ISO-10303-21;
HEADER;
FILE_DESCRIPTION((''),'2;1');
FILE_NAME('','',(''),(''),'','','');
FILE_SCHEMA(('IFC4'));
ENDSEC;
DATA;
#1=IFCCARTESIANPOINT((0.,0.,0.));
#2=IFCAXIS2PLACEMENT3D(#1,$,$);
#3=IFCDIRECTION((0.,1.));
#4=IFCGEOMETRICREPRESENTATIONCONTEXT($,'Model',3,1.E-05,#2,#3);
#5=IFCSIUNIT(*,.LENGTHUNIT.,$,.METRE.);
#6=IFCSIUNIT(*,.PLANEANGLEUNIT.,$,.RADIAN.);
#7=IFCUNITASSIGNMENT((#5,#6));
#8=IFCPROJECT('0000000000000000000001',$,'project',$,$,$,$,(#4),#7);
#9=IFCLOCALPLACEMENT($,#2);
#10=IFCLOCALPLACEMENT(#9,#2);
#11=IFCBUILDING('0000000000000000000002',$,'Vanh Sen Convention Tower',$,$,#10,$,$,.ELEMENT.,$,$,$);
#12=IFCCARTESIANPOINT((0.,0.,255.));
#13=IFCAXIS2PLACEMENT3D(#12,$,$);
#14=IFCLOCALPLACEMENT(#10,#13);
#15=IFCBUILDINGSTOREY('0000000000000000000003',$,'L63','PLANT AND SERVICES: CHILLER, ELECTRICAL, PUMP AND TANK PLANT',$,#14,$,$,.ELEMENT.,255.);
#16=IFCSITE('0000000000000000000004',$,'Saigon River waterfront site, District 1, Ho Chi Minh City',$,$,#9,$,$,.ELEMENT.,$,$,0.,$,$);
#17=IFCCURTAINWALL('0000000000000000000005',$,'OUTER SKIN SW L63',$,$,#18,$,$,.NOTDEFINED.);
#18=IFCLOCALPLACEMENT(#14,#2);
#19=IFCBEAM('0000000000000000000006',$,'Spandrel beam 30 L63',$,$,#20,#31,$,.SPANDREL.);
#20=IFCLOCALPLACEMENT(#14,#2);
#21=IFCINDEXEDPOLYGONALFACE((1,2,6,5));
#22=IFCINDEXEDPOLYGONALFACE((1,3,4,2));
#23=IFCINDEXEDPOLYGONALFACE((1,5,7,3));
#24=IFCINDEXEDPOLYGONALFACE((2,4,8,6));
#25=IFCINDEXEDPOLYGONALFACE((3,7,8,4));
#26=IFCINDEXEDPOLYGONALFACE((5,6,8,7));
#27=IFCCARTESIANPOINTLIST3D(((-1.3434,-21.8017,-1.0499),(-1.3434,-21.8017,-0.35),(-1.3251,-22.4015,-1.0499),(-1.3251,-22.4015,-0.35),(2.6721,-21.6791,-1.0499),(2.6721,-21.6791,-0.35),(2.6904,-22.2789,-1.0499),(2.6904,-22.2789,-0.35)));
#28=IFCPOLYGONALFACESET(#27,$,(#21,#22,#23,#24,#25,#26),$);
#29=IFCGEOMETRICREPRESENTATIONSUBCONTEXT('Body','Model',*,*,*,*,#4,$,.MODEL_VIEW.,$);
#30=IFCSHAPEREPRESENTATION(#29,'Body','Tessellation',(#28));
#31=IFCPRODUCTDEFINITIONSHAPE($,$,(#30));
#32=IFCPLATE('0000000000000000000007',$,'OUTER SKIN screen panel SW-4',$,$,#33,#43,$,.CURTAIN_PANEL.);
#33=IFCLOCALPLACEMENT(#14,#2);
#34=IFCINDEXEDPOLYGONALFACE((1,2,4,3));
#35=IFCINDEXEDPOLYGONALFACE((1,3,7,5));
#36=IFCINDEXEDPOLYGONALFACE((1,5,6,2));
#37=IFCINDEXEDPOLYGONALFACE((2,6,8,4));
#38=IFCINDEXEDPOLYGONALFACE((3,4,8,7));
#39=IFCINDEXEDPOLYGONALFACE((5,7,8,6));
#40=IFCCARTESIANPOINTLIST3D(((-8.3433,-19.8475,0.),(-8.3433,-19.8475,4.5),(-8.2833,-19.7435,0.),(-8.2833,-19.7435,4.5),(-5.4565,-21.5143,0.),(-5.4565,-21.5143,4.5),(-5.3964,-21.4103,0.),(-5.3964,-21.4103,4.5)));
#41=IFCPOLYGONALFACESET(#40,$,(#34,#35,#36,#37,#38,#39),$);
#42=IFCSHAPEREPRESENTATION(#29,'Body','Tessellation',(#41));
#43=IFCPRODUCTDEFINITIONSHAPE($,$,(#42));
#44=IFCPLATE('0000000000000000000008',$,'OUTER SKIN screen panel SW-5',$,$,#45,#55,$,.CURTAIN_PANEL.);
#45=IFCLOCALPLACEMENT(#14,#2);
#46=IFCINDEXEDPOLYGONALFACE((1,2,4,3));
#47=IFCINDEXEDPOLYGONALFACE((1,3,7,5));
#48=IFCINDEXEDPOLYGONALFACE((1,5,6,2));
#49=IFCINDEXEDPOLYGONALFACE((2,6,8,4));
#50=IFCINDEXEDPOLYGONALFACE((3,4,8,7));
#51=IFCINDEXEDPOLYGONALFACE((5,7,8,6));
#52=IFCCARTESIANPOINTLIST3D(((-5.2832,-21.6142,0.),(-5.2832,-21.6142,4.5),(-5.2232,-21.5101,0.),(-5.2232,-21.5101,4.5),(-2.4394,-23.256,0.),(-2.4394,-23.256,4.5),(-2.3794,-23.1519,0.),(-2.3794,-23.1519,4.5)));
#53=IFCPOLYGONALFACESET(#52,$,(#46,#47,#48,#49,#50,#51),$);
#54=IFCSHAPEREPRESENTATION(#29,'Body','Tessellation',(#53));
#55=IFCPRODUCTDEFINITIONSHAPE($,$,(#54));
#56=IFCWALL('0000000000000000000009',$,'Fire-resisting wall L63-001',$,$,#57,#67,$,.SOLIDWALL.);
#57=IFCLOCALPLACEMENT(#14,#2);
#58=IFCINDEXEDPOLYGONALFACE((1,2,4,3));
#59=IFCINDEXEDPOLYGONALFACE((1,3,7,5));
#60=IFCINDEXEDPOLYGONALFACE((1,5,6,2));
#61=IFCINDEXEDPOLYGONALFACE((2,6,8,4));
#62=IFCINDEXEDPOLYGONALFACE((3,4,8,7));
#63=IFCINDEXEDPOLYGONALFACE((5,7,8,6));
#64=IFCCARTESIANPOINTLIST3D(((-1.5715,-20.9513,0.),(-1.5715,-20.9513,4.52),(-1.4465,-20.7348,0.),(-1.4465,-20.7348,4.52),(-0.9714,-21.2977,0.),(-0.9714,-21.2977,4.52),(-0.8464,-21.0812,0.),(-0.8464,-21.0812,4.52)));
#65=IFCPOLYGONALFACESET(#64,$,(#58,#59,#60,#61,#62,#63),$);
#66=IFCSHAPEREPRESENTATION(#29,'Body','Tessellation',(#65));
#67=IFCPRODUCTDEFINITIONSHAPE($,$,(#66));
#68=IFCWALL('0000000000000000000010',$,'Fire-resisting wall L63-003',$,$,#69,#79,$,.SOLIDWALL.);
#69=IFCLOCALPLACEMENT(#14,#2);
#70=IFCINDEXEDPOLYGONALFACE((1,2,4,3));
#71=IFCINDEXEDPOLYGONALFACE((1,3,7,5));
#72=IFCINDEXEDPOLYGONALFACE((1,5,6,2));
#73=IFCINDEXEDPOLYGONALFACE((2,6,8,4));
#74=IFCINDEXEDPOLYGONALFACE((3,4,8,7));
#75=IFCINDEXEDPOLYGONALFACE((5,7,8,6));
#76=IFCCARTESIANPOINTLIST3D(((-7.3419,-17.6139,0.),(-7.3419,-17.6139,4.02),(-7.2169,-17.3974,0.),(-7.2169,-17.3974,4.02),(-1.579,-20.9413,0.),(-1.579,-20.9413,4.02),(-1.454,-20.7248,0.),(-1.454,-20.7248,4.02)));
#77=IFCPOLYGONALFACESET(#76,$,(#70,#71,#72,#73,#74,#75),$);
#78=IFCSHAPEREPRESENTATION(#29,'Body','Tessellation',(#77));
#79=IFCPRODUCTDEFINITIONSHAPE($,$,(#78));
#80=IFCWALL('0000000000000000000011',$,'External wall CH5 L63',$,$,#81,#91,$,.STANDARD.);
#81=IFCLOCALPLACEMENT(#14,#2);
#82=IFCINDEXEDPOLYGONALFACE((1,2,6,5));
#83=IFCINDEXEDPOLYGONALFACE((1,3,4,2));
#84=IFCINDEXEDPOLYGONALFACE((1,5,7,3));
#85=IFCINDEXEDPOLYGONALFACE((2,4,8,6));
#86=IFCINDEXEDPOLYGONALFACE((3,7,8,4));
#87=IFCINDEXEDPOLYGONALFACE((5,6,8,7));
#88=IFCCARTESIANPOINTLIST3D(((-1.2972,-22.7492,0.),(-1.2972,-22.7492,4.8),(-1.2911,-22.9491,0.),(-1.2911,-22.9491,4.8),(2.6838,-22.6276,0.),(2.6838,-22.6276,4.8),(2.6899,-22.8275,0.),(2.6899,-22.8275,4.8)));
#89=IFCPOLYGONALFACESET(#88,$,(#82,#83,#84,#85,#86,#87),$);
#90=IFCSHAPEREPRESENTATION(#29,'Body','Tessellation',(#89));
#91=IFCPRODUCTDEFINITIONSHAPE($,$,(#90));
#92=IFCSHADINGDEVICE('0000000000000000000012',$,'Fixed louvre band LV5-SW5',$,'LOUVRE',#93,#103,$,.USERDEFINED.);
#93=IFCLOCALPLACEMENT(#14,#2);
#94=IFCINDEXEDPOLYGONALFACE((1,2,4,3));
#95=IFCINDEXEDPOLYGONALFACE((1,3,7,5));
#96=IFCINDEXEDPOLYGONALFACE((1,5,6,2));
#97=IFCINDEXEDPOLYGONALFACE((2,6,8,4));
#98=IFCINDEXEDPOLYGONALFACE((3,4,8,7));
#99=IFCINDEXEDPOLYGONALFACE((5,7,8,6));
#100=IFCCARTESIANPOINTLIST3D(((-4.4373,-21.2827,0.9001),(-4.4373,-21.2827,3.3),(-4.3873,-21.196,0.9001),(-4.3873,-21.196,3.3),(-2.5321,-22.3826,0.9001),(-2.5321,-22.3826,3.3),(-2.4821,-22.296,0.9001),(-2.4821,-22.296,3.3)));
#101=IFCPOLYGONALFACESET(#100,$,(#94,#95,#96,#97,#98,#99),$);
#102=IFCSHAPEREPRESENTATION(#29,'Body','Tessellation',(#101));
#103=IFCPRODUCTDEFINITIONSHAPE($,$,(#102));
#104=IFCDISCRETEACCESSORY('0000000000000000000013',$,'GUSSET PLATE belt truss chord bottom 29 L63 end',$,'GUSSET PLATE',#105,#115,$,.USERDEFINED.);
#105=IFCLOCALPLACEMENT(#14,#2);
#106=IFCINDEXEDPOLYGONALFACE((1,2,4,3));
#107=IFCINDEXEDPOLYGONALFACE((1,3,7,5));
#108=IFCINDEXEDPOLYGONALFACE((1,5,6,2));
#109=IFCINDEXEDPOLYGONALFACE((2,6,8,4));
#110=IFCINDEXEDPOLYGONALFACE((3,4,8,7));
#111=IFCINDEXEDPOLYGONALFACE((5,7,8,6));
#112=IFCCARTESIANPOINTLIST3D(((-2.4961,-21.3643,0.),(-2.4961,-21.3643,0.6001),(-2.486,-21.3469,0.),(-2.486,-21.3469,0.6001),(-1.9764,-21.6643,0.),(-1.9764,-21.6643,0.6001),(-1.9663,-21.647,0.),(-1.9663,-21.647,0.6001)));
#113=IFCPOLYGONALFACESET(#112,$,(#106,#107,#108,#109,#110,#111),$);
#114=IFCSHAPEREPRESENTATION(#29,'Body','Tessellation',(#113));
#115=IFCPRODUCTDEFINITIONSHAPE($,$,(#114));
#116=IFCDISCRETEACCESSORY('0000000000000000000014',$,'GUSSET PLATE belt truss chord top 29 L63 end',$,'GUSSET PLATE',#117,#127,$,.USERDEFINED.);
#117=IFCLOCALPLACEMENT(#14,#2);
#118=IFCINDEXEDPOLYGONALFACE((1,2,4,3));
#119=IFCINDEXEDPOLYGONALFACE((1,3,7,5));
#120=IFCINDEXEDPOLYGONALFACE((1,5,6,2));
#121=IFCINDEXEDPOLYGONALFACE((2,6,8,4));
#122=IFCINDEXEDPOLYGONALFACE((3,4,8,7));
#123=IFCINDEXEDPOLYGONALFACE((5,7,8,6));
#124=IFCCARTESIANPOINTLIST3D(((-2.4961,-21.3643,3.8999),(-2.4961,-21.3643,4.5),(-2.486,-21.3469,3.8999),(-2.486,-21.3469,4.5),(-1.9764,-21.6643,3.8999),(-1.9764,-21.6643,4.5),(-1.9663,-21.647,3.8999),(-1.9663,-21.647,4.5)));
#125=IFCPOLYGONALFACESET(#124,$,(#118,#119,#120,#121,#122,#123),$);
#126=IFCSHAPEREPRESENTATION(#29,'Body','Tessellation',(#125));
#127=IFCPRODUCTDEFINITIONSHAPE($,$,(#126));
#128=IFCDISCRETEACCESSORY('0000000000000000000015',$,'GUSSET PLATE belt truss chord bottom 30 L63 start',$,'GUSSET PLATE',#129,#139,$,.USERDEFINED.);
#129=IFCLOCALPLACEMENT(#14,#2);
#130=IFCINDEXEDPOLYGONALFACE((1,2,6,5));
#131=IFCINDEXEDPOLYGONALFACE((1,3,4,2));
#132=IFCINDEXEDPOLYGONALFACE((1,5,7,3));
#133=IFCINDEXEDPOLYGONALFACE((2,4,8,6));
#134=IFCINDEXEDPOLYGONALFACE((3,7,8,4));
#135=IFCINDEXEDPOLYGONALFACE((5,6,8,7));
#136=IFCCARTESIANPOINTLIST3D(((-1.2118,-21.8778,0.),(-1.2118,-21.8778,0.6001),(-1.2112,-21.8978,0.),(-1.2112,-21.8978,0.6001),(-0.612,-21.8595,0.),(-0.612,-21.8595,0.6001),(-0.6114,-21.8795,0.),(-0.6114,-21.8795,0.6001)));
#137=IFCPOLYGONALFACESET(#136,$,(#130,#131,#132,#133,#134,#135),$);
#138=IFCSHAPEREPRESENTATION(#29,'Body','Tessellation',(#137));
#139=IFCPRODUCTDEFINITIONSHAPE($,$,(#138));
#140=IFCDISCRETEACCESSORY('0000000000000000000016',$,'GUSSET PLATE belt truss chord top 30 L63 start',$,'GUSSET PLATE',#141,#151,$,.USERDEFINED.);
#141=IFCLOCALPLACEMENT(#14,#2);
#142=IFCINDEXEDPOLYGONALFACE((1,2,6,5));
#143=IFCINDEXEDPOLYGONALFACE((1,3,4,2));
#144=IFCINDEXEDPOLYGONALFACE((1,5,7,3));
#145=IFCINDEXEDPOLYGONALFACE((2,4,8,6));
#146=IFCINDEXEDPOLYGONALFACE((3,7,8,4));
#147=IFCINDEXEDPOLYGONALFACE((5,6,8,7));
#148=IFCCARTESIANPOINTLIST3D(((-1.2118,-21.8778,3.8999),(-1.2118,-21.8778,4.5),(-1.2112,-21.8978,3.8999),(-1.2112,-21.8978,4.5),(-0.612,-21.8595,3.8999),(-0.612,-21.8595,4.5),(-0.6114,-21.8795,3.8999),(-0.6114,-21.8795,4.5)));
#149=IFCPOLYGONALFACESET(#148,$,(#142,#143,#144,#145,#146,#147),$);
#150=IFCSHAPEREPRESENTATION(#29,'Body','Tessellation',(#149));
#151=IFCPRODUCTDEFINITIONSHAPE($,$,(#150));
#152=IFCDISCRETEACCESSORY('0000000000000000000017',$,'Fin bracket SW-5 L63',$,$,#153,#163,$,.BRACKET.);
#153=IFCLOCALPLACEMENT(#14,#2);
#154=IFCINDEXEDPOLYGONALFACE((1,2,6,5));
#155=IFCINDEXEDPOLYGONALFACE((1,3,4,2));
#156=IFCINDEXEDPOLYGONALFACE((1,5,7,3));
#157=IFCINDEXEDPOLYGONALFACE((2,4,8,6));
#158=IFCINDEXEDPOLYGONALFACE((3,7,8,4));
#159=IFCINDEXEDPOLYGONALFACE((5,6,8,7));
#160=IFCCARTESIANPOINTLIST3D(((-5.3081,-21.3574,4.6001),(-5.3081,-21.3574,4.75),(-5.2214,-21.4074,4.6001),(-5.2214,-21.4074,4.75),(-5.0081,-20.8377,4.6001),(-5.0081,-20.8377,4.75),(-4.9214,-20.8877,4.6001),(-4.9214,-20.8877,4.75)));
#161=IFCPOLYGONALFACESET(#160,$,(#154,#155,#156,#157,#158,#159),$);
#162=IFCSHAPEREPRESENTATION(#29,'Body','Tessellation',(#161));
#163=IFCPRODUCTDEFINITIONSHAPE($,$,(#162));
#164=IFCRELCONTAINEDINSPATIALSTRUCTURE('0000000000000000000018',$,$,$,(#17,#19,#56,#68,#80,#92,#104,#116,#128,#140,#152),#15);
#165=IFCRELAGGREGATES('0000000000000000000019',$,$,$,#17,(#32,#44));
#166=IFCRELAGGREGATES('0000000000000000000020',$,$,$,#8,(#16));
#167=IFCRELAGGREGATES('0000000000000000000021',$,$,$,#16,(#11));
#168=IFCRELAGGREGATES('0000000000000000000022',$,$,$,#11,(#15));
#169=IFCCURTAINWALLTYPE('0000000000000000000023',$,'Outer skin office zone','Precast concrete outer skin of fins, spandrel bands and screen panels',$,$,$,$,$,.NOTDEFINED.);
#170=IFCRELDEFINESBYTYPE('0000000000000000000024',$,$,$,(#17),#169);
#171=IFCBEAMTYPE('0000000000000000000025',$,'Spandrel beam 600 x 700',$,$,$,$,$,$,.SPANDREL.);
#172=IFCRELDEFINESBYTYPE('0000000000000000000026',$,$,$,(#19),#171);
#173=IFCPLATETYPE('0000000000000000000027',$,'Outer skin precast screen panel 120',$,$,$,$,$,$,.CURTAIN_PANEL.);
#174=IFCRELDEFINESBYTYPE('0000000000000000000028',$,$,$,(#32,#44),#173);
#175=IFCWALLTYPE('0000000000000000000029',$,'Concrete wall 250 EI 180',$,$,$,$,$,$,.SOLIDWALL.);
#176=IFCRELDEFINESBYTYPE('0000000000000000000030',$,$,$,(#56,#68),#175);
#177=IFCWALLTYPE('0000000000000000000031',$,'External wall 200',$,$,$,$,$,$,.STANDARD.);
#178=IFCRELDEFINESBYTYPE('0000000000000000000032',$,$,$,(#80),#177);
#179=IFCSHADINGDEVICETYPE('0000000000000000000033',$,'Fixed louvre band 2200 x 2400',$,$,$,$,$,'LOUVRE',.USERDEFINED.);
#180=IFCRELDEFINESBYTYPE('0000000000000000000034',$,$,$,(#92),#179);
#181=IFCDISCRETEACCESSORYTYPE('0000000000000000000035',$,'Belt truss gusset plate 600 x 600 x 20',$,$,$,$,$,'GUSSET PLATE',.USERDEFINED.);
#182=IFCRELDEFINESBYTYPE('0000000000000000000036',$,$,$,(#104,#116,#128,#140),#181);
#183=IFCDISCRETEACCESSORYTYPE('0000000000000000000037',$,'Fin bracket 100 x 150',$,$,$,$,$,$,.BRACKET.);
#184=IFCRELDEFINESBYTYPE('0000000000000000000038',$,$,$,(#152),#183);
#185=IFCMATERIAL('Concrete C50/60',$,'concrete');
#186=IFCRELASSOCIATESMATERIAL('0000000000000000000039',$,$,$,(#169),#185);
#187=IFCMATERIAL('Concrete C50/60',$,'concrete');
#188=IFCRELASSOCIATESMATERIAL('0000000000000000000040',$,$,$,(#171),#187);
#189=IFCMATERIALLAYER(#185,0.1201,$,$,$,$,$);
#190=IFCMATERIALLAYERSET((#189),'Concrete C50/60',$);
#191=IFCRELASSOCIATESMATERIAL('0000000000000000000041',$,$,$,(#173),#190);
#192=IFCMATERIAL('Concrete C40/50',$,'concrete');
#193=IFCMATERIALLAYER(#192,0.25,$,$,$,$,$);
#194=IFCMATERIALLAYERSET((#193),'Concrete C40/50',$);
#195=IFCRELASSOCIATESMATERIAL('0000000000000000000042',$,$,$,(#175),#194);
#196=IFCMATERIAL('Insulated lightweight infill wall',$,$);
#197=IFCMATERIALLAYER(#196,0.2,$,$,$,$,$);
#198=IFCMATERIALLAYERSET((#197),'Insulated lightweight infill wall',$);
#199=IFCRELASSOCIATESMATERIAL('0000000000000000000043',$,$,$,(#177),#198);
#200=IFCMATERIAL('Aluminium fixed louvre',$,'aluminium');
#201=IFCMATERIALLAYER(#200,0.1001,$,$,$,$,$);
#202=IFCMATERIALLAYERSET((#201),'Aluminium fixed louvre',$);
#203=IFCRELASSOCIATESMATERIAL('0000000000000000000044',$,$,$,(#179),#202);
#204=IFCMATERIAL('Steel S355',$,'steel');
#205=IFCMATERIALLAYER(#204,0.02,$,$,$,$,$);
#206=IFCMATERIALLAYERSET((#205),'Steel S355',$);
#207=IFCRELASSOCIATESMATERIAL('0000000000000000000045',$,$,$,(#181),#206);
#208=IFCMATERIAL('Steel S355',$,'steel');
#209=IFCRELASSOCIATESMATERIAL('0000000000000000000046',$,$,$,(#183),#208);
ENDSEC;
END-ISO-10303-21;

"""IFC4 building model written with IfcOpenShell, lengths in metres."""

from ifc_helpers import new_model, si_unit, direction, frame, frame_2d, origin, origin_2d, place, context, subcontext, project, spatial, rectangle, extrude, material, layer, layer_set, material_profile, profile_set, type_object, element, aggregate, save


model = new_model("IFC4")

# Units and contexts
model_context = context("Model", 3, precision=1e-05, world=origin(), true_north=direction((0.0, 1.0)))
body_context = subcontext(model_context, "Body", "Model", "MODEL_VIEW")
ifc_project = project(units=[si_unit("LENGTHUNIT", "METRE"), si_unit("PLANEANGLEUNIT", "RADIAN")], contexts=[model_context])

# Site, building, storey
site_placement = place(None, origin())
site = spatial("IfcSite", under=ifc_project, at=site_placement, Name="Saigon River waterfront site, District 1, Ho Chi Minh City", CompositionType="ELEMENT", RefElevation=0.0)
building_placement = place(site_placement, origin())
building = spatial("IfcBuilding", under=site, at=building_placement, Name="Vanh Sen Convention Tower", CompositionType="ELEMENT")
storey_placement = place(building_placement, frame((0.0, 0.0, 255.0)))
storey = spatial("IfcBuildingStorey", under=building, at=storey_placement, Name="L63", Description="PLANT AND SERVICES: CHILLER, ELECTRICAL, PUMP AND TANK PLANT", CompositionType="ELEMENT", Elevation=255.0)

# Shared definitions
ifc_material_1 = material(Name="Steel S355", Category="steel")

# Curtain wall
ifc_material_2 = material(Name="Concrete C50/60", Category="concrete")
curtain_wall_type = type_object("IfcCurtainWallType", Name="Outer skin office zone", Description="Precast concrete outer skin of fins, spandrel bands and screen panels", PredefinedType="NOTDEFINED", material=ifc_material_2)
curtain_wall_1_placement = place(storey_placement, origin())
curtain_wall_1 = element("IfcCurtainWall", 1, at=curtain_wall_1_placement, inside=storey, type_object=curtain_wall_type, Name="OUTER SKIN SW L63", PredefinedType="NOTDEFINED")

# Beam
ifc_material_3 = material(Name="Concrete C50/60", Category="concrete")
ifc_material_profile_1 = material_profile(ifc_material_3, rectangle(XDim=0.6001, YDim=0.7, at=origin_2d()), Name="RC 600X700")
ifc_profile_set_1 = profile_set([ifc_material_profile_1], Name="Concrete C50/60")
beam_type = type_object("IfcBeamType", Name="Spandrel beam 600 x 700", PredefinedType="SPANDREL", material=ifc_profile_set_1)
beam_placement = place(storey_placement, frame((-1.3342, -22.1016, -0.7), z_axis=(0.999535, 0.030508, 0.0), x_axis=(-0.030508, 0.999535, 0.0)))
element("IfcBeam", 2, at=beam_placement, inside=storey, type_object=beam_type, Name="Spandrel beam 30 L63", PredefinedType="SPANDREL", context=body_context, shape_type="SweptSolid", body=[
    extrude(rectangle(XDim=0.6001, YDim=0.7, at=origin_2d()), origin(), (0.0, 0.0, 1.0), 4.0173),
])

# Plates
ifc_layer_1 = layer(ifc_material_2, 0.1201)
ifc_layer_set_1 = layer_set([ifc_layer_1], Name="Concrete C50/60")
plate_type = type_object("IfcPlateType", Name="Outer skin precast screen panel 120", PredefinedType="CURTAIN_PANEL", material=ifc_layer_set_1)
plate_1_placement = place(storey_placement, frame((-6.8699, -20.6289, 0.0), z_axis=(0.0, 0.0, 1.0), x_axis=(0.866026, -0.499998, 0.0)))
plate_1 = element("IfcPlate", 3, at=plate_1_placement, type_object=plate_type, Name="OUTER SKIN screen panel SW-4", PredefinedType="CURTAIN_PANEL", context=body_context, shape_type="SweptSolid", body=[
    extrude(rectangle(XDim=3.3335, YDim=0.1201, at=origin_2d()), origin(), (0.0, 0.0, 1.0), 4.5),
])
plate_2_placement = place(storey_placement, frame((-3.8313, -22.3831, 0.0), z_axis=(0.0, 0.0, 1.0), x_axis=(0.866033, -0.499986, 0.0)))
plate_2 = element("IfcPlate", 4, at=plate_2_placement, type_object=plate_type, Name="OUTER SKIN screen panel SW-5", PredefinedType="CURTAIN_PANEL", context=body_context, shape_type="SweptSolid", body=[
    extrude(rectangle(XDim=3.2837, YDim=0.1201, at=origin_2d()), origin(), (0.0, 0.0, 1.0), 4.5),
])
aggregate(curtain_wall_1, [plate_1, plate_2])

# Walls
ifc_material_4 = material(Name="Concrete C40/50", Category="concrete")
ifc_layer_2 = layer(ifc_material_4, 0.25)
ifc_layer_set_2 = layer_set([ifc_layer_2], Name="Concrete C40/50")
wall_type_1 = type_object("IfcWallType", Name="Concrete wall 250 EI 180", PredefinedType="SOLIDWALL", material=ifc_layer_set_2)
wall_1_placement = place(storey_placement, frame((-0.9089, -21.1895, 0.0), z_axis=(0.0, 0.0, 1.0), x_axis=(-0.866045, 0.499966, 0.0)))
element("IfcWall", 5, at=wall_1_placement, inside=storey, type_object=wall_type_1, Name="Fire-resisting wall L63-001", PredefinedType="SOLIDWALL", context=body_context, shape_type="SweptSolid", body=[
    extrude(rectangle(XDim=0.6929, YDim=0.25, at=frame_2d((0.3464, 0.0))), origin(), (0.0, 0.0, 1.0), 4.52),
])
wall_2_placement = place(storey_placement, frame((-1.5166, -20.833, 0.0), z_axis=(0.0, 0.0, 1.0), x_axis=(-0.866015, 0.500018, 0.0)))
element("IfcWall", 6, at=wall_2_placement, inside=storey, type_object=wall_type_1, Name="Fire-resisting wall L63-003", PredefinedType="SOLIDWALL", context=body_context, shape_type="SweptSolid", body=[
    extrude(rectangle(XDim=6.6545, YDim=0.25, at=frame_2d((3.3271, 0.0))), origin(), (0.0, 0.0, 1.0), 4.02),
])
ifc_material_5 = material(Name="Insulated lightweight infill wall")
ifc_layer_3 = layer(ifc_material_5, 0.2)
ifc_layer_set_3 = layer_set([ifc_layer_3], Name="Insulated lightweight infill wall")
wall_type_2 = type_object("IfcWallType", Name="External wall 200", PredefinedType="STANDARD", material=ifc_layer_set_3)
wall_3_placement = place(storey_placement, frame((-1.2942, -22.8491, 0.0), z_axis=(0.0, 0.0, 1.0), x_axis=(0.999534, 0.030527, 0.0)))
element("IfcWall", 7, at=wall_3_placement, inside=storey, type_object=wall_type_2, Name="External wall CH5 L63", PredefinedType="STANDARD", context=body_context, shape_type="SweptSolid", body=[
    extrude(rectangle(XDim=3.9829, YDim=0.2, at=frame_2d((1.9915, 0.0))), origin(), (0.0, 0.0, 1.0), 4.8),
])

# Shading device
ifc_material_6 = material(Name="Aluminium fixed louvre", Category="aluminium")
ifc_layer_4 = layer(ifc_material_6, 0.1001)
ifc_layer_set_4 = layer_set([ifc_layer_4], Name="Aluminium fixed louvre")
shading_device_type = type_object("IfcShadingDeviceType", Name="Fixed louvre band 2200 x 2400", ElementType="LOUVRE", PredefinedType="USERDEFINED", material=ifc_layer_set_4)
shading_device_placement = place(storey_placement, frame((-3.4597, -21.7893, 0.9001), z_axis=(0.0, 0.0, 1.0), x_axis=(0.866025, -0.500002, 0.0)))
element("IfcShadingDevice", 8, at=shading_device_placement, inside=storey, type_object=shading_device_type, Name="Fixed louvre band LV5-SW5", ObjectType="LOUVRE", PredefinedType="USERDEFINED", context=body_context, shape_type="SweptSolid", body=[
    extrude(rectangle(XDim=2.2, YDim=0.1001, at=origin_2d()), origin(), (0.0, 0.0, 1.0), 2.3999),
])

# Discrete accessories
ifc_layer_5 = layer(ifc_material_1, 0.02)
ifc_layer_set_5 = layer_set([ifc_layer_5], Name="Steel S355")
discrete_accessory_type_1 = type_object("IfcDiscreteAccessoryType", Name="Belt truss gusset plate 600 x 600 x 20", ElementType="GUSSET PLATE", PredefinedType="USERDEFINED", material=ifc_layer_set_5)
for number, where, z_axis, x_axis, name in (
    (9, (-2.2312, -21.5056, 0.0), (0.0, 0.0, 1.0), (-0.866033, 0.499986, 0.0), "GUSSET PLATE belt truss chord bottom 29 L63 end"),
    (10, (-2.2312, -21.5056, 3.8999), (0.0, 0.0, 1.0), (-0.866033, 0.499986, 0.0), "GUSSET PLATE belt truss chord top 29 L63 end"),
    (11, (-0.9116, -21.8787, 0.0), (0.0, 0.0, 1.0), (0.999534, 0.03054, 0.0), "GUSSET PLATE belt truss chord bottom 30 L63 start"),
    (12, (-0.9116, -21.8787, 3.8999), (0.0, 0.0, 1.0), (0.999534, 0.03054, 0.0), "GUSSET PLATE belt truss chord top 30 L63 start"),
):
    element("IfcDiscreteAccessory", number, at=place(storey_placement, frame(where, z_axis=z_axis, x_axis=x_axis)), inside=storey, type_object=discrete_accessory_type_1, Name=name, ObjectType="GUSSET PLATE", PredefinedType="USERDEFINED", context=body_context, shape_type="SweptSolid", body=[
        extrude(rectangle(XDim=0.6001, YDim=0.02, at=origin_2d()), origin(), (0.0, 0.0, 1.0), 0.6001),
    ])
ifc_material_7 = material(Name="Steel S355", Category="steel")
discrete_accessory_type_2 = type_object("IfcDiscreteAccessoryType", Name="Fin bracket 100 x 150", PredefinedType="BRACKET", material=ifc_material_7)
discrete_accessory_placement = place(storey_placement, frame((-5.1147, -21.1226, 4.6001), z_axis=(0.0, 0.0, 1.0), x_axis=(-0.5, -0.866025, 0.0)))
element("IfcDiscreteAccessory", 13, at=discrete_accessory_placement, inside=storey, type_object=discrete_accessory_type_2, Name="Fin bracket SW-5 L63", PredefinedType="BRACKET", context=body_context, shape_type="SweptSolid", body=[
    extrude(rectangle(XDim=0.6001, YDim=0.1001, at=origin_2d()), origin(), (0.0, 0.0, 1.0), 0.1499),
])

save(model, "model.ifc")
